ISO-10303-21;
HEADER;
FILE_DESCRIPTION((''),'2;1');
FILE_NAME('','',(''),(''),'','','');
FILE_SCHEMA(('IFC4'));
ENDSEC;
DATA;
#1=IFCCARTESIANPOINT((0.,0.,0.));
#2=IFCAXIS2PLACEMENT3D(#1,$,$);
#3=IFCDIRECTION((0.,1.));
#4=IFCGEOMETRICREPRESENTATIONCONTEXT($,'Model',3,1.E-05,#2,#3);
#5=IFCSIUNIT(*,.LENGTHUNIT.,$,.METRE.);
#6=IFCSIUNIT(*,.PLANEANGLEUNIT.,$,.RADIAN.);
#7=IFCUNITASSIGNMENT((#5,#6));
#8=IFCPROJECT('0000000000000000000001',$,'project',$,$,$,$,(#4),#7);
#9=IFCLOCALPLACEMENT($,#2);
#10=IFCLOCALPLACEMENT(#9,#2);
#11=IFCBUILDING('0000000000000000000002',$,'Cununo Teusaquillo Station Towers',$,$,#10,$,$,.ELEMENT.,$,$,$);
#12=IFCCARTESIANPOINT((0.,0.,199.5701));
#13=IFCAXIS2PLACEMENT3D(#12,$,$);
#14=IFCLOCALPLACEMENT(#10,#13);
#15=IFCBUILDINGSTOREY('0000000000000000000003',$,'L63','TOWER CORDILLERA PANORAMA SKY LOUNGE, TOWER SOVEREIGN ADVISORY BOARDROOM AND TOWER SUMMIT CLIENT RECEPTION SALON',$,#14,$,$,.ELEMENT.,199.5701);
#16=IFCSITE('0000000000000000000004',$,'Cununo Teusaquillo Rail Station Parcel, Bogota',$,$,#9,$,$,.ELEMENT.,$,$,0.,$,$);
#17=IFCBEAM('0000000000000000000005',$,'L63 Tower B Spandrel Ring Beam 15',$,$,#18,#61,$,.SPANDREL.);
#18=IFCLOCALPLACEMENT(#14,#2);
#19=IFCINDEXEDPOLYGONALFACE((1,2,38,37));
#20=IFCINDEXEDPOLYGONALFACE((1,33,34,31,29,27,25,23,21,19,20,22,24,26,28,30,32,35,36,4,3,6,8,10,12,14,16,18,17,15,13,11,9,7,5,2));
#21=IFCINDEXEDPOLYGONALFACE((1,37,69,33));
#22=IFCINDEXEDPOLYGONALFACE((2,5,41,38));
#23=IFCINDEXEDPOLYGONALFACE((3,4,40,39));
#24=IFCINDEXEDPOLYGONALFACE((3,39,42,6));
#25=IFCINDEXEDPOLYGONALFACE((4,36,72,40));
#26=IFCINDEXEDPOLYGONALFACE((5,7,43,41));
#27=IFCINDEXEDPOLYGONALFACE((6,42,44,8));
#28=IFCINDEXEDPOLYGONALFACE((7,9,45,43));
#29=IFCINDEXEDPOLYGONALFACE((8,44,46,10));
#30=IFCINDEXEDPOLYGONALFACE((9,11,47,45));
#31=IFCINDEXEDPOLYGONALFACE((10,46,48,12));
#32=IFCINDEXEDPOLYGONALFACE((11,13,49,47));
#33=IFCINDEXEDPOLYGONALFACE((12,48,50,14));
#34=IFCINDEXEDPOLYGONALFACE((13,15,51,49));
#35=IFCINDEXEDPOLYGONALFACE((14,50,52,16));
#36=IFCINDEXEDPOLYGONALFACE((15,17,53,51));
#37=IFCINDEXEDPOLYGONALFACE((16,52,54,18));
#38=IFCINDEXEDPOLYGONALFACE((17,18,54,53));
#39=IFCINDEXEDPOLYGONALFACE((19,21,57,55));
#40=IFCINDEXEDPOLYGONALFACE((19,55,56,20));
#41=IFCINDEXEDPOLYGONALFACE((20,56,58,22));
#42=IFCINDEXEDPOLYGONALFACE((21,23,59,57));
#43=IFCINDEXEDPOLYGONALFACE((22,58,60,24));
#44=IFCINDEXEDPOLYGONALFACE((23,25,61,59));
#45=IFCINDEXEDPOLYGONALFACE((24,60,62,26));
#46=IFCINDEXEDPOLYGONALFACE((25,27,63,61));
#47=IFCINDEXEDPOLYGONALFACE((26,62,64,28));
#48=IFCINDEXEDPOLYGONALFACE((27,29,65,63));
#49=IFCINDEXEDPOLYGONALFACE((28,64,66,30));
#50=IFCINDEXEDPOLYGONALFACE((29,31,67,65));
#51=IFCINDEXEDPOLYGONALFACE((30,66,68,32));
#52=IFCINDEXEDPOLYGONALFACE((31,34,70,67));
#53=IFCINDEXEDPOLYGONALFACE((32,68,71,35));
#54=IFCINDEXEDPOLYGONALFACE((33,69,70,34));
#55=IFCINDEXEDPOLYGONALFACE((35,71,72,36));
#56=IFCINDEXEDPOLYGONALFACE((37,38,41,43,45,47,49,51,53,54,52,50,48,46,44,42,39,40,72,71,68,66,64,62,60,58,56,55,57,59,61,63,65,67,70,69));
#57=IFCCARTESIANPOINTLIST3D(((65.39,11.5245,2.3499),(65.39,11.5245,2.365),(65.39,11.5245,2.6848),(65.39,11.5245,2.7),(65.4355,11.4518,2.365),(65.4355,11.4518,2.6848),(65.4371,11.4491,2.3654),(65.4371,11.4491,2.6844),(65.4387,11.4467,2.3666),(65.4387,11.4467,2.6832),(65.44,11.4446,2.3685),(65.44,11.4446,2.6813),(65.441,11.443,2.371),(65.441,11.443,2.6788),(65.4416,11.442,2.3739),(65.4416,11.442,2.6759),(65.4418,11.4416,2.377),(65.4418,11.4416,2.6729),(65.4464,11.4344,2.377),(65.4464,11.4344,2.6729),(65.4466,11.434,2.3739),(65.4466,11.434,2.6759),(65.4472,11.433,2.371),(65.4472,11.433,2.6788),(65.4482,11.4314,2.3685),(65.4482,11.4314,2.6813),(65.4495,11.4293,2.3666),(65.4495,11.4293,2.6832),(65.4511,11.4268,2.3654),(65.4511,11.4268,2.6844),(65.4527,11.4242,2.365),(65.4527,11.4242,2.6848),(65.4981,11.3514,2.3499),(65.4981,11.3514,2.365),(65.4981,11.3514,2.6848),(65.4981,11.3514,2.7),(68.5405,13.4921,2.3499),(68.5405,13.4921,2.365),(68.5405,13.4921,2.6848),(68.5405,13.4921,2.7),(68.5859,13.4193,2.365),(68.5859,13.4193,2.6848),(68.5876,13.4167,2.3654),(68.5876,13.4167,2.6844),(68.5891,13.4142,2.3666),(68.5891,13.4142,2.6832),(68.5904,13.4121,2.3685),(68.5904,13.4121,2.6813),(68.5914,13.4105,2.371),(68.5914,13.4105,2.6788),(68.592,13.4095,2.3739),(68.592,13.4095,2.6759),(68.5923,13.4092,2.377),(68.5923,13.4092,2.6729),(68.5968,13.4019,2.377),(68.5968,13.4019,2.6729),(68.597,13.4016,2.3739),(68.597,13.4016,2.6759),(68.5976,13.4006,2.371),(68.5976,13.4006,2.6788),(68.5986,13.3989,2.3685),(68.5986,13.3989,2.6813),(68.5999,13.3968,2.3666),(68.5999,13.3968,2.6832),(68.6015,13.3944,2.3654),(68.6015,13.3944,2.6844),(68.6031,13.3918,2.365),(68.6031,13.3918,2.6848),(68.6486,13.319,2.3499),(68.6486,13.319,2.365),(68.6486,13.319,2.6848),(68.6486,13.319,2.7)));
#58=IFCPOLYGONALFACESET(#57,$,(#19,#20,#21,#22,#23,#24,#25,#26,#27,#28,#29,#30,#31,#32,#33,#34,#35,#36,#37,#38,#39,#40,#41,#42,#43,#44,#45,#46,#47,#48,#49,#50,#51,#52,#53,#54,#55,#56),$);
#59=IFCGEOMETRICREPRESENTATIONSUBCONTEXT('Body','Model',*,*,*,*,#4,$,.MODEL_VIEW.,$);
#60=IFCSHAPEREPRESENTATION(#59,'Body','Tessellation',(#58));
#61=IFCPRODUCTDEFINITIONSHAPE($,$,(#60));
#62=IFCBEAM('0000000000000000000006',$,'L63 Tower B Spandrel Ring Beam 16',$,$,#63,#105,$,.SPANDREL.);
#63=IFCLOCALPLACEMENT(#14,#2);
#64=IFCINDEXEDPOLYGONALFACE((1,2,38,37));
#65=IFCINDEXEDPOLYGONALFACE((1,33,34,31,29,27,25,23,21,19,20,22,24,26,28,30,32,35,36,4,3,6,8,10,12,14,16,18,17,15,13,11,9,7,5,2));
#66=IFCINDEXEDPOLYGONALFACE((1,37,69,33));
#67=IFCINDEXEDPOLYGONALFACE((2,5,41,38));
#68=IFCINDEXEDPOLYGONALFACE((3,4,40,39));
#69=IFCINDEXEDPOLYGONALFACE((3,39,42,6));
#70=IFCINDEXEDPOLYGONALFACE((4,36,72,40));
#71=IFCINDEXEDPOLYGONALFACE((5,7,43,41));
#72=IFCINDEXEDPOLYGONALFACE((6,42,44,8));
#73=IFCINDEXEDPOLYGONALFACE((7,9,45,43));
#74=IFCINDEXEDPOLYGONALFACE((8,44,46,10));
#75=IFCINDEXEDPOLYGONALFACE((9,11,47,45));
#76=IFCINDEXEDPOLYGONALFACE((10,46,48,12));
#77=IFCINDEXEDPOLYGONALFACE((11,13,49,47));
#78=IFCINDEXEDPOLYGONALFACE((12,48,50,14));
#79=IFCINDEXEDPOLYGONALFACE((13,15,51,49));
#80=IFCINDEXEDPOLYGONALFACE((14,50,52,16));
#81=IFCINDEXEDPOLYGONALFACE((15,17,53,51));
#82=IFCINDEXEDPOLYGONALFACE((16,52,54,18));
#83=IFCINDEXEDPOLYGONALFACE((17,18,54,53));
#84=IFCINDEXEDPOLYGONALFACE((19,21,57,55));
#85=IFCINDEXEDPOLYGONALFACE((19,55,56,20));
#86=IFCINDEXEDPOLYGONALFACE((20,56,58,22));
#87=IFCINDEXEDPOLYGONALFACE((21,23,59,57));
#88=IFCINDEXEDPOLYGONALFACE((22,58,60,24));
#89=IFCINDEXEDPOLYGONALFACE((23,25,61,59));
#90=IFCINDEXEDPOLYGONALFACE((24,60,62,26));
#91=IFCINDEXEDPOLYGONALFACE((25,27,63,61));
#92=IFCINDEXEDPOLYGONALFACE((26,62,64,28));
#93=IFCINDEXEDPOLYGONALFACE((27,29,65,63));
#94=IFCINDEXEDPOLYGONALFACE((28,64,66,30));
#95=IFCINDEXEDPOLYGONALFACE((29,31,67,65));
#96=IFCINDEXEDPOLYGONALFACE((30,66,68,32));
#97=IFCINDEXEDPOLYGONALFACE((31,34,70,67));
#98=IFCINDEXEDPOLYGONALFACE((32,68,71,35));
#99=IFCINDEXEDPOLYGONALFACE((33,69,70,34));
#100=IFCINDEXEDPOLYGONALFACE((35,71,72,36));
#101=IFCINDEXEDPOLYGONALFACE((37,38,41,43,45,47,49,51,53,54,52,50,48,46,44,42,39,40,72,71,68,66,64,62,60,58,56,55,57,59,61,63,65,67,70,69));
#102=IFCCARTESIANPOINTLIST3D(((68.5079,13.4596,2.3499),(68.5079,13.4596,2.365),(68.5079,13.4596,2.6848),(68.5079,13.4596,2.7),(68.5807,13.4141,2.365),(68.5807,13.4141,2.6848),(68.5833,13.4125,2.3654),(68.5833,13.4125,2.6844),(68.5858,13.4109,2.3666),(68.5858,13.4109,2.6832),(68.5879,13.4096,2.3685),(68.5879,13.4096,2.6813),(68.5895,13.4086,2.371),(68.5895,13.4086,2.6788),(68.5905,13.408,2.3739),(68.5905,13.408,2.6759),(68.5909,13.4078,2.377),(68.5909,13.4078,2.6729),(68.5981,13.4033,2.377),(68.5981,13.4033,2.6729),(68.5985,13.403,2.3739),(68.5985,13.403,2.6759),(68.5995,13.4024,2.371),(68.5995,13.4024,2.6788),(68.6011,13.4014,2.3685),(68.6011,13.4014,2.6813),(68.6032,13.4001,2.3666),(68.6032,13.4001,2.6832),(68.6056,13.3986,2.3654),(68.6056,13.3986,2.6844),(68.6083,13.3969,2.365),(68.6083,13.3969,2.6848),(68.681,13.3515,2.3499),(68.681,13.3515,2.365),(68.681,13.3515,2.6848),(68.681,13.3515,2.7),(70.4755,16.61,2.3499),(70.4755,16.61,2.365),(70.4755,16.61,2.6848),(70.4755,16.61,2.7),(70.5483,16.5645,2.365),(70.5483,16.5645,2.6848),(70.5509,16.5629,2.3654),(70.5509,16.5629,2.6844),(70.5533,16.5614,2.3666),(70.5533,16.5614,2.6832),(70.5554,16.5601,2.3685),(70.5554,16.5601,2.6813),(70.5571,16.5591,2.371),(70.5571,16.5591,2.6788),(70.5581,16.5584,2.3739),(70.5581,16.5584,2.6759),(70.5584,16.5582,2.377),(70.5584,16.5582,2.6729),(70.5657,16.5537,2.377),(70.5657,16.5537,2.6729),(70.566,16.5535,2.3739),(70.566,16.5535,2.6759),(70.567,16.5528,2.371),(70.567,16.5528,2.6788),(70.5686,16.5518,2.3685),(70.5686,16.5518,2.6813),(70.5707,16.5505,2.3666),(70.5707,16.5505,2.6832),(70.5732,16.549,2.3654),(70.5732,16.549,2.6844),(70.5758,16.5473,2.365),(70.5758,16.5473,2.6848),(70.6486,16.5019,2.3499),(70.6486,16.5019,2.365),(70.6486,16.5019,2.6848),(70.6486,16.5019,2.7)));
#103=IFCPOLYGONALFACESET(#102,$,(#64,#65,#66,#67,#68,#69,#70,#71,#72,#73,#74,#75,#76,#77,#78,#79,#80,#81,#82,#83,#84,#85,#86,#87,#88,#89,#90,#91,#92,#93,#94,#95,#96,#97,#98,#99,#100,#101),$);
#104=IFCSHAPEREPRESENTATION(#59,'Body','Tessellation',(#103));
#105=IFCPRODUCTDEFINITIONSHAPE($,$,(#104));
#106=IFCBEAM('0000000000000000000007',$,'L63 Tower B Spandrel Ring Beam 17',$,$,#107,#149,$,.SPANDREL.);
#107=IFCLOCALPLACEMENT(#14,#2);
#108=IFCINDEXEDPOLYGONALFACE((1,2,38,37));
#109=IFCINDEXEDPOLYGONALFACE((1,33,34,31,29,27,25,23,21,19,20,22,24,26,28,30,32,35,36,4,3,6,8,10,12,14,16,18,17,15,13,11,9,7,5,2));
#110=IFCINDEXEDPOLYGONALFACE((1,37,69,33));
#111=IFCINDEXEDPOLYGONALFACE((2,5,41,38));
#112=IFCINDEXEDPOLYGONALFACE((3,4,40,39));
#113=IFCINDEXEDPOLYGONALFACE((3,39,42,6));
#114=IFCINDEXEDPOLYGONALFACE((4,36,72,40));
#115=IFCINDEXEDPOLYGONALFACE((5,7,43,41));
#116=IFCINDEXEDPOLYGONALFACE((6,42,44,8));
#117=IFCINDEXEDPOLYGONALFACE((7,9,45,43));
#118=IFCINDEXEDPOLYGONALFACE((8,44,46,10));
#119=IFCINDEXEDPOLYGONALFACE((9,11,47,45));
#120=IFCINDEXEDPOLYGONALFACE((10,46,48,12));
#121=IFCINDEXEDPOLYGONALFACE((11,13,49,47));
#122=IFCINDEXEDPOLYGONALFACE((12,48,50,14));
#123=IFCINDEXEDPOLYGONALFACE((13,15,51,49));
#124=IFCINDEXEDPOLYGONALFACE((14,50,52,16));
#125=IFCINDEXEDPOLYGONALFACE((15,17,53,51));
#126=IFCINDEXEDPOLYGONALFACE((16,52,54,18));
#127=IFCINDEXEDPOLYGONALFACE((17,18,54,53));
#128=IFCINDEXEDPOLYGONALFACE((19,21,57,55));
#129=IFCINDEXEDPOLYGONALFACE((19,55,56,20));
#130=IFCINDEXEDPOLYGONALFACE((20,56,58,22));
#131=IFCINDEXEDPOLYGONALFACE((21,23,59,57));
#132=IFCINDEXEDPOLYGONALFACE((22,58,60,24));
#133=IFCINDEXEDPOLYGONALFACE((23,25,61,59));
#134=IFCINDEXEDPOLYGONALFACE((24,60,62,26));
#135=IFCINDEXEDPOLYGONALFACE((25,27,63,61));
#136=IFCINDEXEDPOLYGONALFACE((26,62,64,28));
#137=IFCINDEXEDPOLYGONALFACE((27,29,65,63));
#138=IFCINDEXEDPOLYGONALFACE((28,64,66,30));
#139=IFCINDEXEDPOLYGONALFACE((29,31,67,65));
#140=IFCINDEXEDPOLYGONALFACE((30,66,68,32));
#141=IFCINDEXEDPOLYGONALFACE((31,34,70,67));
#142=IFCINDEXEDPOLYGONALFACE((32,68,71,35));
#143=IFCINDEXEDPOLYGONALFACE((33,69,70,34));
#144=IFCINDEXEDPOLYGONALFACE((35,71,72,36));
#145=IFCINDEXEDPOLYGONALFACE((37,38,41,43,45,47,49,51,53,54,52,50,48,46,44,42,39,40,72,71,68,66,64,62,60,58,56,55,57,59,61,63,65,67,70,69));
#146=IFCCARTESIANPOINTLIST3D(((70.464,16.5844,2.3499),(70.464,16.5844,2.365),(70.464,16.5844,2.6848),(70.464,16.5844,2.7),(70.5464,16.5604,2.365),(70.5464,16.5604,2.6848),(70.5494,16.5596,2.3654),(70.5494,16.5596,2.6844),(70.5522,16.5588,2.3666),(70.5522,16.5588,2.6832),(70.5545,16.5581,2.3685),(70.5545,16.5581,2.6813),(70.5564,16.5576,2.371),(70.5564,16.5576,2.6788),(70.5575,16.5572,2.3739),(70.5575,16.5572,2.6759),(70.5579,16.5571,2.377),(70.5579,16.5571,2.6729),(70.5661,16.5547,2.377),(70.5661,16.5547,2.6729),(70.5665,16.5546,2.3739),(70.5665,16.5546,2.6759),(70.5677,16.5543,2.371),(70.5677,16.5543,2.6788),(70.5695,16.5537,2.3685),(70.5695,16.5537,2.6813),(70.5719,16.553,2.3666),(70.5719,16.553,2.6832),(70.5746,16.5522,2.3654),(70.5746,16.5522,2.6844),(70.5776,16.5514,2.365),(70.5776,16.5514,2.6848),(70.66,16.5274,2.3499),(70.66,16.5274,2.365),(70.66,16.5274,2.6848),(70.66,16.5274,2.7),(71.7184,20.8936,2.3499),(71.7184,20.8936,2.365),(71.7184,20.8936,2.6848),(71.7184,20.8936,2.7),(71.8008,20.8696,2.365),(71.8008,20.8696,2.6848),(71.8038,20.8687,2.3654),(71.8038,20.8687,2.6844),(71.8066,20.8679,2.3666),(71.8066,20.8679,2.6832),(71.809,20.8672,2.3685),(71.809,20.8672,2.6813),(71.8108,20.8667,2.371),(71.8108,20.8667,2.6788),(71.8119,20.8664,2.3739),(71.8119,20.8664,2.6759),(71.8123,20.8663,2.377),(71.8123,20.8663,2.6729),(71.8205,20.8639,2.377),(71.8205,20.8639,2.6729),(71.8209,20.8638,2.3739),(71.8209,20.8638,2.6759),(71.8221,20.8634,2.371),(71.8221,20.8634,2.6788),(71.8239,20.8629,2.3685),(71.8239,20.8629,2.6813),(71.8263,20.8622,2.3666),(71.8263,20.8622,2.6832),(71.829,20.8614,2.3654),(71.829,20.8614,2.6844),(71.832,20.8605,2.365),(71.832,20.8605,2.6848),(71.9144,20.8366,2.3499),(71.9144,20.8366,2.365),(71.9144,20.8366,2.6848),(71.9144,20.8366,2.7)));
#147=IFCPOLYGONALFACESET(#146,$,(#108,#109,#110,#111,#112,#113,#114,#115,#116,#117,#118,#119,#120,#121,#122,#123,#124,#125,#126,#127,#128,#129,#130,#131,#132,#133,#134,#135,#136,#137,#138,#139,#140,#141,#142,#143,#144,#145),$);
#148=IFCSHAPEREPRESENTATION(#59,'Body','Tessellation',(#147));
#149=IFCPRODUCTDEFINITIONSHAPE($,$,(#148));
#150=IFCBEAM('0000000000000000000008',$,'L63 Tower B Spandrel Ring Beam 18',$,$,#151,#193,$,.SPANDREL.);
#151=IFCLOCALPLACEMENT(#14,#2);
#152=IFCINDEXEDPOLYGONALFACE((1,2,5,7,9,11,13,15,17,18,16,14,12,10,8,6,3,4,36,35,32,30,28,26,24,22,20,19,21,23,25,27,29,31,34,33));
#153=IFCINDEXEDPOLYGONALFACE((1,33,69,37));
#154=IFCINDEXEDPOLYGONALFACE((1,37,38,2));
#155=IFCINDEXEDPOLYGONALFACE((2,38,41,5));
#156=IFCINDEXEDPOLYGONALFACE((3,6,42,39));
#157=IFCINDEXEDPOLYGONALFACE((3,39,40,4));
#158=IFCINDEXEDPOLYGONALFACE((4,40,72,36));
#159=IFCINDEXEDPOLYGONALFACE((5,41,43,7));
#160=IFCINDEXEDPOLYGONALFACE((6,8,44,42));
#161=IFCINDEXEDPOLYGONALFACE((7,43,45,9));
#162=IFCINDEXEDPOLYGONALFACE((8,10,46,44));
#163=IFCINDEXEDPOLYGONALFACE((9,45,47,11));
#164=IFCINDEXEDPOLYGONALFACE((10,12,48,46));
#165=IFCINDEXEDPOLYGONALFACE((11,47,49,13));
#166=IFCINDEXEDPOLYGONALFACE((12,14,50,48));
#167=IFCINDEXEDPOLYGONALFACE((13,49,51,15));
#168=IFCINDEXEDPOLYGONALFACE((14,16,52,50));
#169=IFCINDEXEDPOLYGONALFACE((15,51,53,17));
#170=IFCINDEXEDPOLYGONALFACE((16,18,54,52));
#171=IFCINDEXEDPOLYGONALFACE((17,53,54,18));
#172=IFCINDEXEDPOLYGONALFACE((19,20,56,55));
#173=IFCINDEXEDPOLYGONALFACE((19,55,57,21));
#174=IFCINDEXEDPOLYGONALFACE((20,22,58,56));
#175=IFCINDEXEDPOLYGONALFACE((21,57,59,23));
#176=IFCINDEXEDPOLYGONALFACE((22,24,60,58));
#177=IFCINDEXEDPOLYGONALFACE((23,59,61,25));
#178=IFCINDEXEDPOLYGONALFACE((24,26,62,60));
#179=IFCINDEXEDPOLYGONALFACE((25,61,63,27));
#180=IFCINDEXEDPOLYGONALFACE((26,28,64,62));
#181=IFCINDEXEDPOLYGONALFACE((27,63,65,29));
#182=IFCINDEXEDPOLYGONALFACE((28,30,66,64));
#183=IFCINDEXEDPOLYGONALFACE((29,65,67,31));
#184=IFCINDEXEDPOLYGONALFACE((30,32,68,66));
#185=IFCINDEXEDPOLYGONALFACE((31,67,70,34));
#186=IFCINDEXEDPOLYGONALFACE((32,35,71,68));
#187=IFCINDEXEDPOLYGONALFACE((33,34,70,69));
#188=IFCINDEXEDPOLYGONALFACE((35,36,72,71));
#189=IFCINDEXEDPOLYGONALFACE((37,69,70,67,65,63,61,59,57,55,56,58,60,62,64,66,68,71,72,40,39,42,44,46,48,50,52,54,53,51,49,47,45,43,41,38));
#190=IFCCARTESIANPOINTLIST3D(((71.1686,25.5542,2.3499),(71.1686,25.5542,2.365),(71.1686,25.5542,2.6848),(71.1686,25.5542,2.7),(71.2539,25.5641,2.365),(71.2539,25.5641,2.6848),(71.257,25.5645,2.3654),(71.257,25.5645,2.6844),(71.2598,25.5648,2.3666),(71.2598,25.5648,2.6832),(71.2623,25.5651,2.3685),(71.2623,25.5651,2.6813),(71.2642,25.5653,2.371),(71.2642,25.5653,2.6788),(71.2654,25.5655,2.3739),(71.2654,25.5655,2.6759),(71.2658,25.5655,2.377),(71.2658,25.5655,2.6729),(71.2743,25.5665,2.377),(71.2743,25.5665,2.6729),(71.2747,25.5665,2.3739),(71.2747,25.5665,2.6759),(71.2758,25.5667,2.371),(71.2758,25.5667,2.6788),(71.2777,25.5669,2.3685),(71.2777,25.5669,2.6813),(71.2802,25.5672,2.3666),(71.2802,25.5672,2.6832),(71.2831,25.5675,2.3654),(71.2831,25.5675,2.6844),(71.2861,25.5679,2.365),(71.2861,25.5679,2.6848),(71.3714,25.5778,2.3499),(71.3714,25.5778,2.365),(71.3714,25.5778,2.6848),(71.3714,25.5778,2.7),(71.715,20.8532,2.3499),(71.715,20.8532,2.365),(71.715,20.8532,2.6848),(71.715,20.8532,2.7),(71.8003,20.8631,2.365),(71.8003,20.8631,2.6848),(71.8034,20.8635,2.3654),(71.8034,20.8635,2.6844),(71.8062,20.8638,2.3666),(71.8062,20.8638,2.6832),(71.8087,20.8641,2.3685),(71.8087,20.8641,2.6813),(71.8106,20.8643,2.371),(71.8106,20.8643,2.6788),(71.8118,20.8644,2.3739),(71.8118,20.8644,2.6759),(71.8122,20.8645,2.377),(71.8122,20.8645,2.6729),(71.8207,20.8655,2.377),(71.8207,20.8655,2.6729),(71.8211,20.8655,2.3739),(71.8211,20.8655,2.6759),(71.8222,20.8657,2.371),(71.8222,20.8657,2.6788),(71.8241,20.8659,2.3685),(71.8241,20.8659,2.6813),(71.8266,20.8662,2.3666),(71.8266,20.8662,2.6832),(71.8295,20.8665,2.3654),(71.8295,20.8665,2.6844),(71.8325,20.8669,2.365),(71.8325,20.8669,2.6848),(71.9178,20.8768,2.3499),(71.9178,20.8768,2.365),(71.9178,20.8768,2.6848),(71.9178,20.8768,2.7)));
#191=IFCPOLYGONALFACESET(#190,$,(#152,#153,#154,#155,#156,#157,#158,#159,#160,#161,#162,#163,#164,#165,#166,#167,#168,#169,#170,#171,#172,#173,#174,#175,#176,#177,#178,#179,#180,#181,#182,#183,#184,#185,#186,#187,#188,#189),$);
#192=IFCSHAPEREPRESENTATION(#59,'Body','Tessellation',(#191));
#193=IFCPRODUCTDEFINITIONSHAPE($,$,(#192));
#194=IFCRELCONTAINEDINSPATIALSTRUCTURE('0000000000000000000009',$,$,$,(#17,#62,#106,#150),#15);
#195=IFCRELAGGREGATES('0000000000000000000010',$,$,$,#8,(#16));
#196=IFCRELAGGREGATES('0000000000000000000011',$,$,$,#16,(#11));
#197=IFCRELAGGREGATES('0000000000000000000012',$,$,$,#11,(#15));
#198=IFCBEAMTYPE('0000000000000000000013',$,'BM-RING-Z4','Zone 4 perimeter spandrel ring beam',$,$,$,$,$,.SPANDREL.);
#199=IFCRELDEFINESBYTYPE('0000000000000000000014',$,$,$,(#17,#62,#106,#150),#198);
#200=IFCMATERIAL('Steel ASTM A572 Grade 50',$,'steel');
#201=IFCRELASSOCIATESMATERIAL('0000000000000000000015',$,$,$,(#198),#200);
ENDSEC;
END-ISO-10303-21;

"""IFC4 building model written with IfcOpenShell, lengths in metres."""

from ifc_helpers import new_model, si_unit, direction, frame, origin, origin_2d, place, context, subcontext, project, spatial, i_section, extrude, material, material_profile, profile_set, type_object, element, save


model = new_model("IFC4")

# Units and contexts
model_context = context("Model", 3, precision=1e-05, world=origin(), true_north=direction((0.0, 1.0)))
body_context = subcontext(model_context, "Body", "Model", "MODEL_VIEW")
ifc_project = project(units=[si_unit("LENGTHUNIT", "METRE"), si_unit("PLANEANGLEUNIT", "RADIAN")], contexts=[model_context])

# Site, building, storey
site_placement = place(None, origin())
site = spatial("IfcSite", under=ifc_project, at=site_placement, Name="Cununo Teusaquillo Rail Station Parcel, Bogota", CompositionType="ELEMENT", RefElevation=0.0)
building_placement = place(site_placement, origin())
building = spatial("IfcBuilding", under=site, at=building_placement, Name="Cununo Teusaquillo Station Towers", CompositionType="ELEMENT")
storey_placement = place(building_placement, frame((0.0, 0.0, 199.5701)))
storey = spatial("IfcBuildingStorey", under=building, at=storey_placement, Name="L63", Description="TOWER CORDILLERA PANORAMA SKY LOUNGE, TOWER SOVEREIGN ADVISORY BOARDROOM AND TOWER SUMMIT CLIENT RECEPTION SALON", CompositionType="ELEMENT", Elevation=199.5701)

# Beams
ifc_material_1 = material(Name="Steel ASTM A572 Grade 50", Category="steel")
ifc_material_profile_1 = material_profile(ifc_material_1, i_section(OverallWidth=0.2041, OverallDepth=0.3501, WebThickness=0.0085, FlangeThickness=0.0151, FilletRadius=0.012, at=origin_2d()), Name="W14X48")
ifc_profile_set_1 = profile_set([ifc_material_profile_1], Name="Steel ASTM A572 Grade 50")
beam_type_1 = type_object("IfcBeamType", Name="BM-RING-Z4", Description="Zone 4 perimeter spandrel ring beam", PredefinedType="SPANDREL", material=ifc_profile_set_1)
for number, where, z_axis, x_axis, name in (
    (1, (65.4441, 11.438, 2.5249), (0.848176, 0.529715, 0.0), (-0.529715, 0.848176, 0.0), "L63 Tower B Spandrel Ring Beam 15"),
    (2, (68.5945, 13.4055, 2.5249), (0.529715, 0.848176, 0.0), (-0.848176, 0.529715, 0.0), "L63 Tower B Spandrel Ring Beam 16"),
):
    element("IfcBeam", number, at=place(storey_placement, frame(where, z_axis=z_axis, x_axis=x_axis)), inside=storey, type_object=beam_type_1, Name=name, PredefinedType="SPANDREL", context=body_context, shape_type="SweptSolid", body=[
        extrude(i_section(OverallWidth=0.2041, OverallDepth=0.3501, WebThickness=0.0085, FlangeThickness=0.0151, FilletRadius=0.012, at=origin_2d()), origin(), (0.0, 0.0, 1.0), 3.7144),
    ])
beam_1_placement = place(storey_placement, frame((70.562, 16.5559, 2.5249), z_axis=(0.279503, 0.960145, 0.0), x_axis=(-0.960145, 0.279503, 0.0)))
element("IfcBeam", 3, at=beam_1_placement, inside=storey, type_object=beam_type_1, Name="L63 Tower B Spandrel Ring Beam 17", PredefinedType="SPANDREL", context=body_context, shape_type="SweptSolid", body=[
    extrude(i_section(OverallWidth=0.2041, OverallDepth=0.3501, WebThickness=0.0085, FlangeThickness=0.0151, FilletRadius=0.012, at=origin_2d()), origin(), (0.0, 0.0, 1.0), 4.488),
])
beam_2_placement = place(storey_placement, frame((71.8164, 20.865, 2.5249), z_axis=(-0.115452, 0.993313, 0.0), x_axis=(-0.993313, -0.115452, 0.0)))
element("IfcBeam", 4, at=beam_2_placement, inside=storey, type_object=beam_type_1, Name="L63 Tower B Spandrel Ring Beam 18", PredefinedType="SPANDREL", context=body_context, shape_type="SweptSolid", body=[
    extrude(i_section(OverallWidth=0.2041, OverallDepth=0.3501, WebThickness=0.0085, FlangeThickness=0.0151, FilletRadius=0.012, at=origin_2d()), origin(), (0.0, 0.0, 1.0), 4.7327),
])

save(model, "model.ifc")
